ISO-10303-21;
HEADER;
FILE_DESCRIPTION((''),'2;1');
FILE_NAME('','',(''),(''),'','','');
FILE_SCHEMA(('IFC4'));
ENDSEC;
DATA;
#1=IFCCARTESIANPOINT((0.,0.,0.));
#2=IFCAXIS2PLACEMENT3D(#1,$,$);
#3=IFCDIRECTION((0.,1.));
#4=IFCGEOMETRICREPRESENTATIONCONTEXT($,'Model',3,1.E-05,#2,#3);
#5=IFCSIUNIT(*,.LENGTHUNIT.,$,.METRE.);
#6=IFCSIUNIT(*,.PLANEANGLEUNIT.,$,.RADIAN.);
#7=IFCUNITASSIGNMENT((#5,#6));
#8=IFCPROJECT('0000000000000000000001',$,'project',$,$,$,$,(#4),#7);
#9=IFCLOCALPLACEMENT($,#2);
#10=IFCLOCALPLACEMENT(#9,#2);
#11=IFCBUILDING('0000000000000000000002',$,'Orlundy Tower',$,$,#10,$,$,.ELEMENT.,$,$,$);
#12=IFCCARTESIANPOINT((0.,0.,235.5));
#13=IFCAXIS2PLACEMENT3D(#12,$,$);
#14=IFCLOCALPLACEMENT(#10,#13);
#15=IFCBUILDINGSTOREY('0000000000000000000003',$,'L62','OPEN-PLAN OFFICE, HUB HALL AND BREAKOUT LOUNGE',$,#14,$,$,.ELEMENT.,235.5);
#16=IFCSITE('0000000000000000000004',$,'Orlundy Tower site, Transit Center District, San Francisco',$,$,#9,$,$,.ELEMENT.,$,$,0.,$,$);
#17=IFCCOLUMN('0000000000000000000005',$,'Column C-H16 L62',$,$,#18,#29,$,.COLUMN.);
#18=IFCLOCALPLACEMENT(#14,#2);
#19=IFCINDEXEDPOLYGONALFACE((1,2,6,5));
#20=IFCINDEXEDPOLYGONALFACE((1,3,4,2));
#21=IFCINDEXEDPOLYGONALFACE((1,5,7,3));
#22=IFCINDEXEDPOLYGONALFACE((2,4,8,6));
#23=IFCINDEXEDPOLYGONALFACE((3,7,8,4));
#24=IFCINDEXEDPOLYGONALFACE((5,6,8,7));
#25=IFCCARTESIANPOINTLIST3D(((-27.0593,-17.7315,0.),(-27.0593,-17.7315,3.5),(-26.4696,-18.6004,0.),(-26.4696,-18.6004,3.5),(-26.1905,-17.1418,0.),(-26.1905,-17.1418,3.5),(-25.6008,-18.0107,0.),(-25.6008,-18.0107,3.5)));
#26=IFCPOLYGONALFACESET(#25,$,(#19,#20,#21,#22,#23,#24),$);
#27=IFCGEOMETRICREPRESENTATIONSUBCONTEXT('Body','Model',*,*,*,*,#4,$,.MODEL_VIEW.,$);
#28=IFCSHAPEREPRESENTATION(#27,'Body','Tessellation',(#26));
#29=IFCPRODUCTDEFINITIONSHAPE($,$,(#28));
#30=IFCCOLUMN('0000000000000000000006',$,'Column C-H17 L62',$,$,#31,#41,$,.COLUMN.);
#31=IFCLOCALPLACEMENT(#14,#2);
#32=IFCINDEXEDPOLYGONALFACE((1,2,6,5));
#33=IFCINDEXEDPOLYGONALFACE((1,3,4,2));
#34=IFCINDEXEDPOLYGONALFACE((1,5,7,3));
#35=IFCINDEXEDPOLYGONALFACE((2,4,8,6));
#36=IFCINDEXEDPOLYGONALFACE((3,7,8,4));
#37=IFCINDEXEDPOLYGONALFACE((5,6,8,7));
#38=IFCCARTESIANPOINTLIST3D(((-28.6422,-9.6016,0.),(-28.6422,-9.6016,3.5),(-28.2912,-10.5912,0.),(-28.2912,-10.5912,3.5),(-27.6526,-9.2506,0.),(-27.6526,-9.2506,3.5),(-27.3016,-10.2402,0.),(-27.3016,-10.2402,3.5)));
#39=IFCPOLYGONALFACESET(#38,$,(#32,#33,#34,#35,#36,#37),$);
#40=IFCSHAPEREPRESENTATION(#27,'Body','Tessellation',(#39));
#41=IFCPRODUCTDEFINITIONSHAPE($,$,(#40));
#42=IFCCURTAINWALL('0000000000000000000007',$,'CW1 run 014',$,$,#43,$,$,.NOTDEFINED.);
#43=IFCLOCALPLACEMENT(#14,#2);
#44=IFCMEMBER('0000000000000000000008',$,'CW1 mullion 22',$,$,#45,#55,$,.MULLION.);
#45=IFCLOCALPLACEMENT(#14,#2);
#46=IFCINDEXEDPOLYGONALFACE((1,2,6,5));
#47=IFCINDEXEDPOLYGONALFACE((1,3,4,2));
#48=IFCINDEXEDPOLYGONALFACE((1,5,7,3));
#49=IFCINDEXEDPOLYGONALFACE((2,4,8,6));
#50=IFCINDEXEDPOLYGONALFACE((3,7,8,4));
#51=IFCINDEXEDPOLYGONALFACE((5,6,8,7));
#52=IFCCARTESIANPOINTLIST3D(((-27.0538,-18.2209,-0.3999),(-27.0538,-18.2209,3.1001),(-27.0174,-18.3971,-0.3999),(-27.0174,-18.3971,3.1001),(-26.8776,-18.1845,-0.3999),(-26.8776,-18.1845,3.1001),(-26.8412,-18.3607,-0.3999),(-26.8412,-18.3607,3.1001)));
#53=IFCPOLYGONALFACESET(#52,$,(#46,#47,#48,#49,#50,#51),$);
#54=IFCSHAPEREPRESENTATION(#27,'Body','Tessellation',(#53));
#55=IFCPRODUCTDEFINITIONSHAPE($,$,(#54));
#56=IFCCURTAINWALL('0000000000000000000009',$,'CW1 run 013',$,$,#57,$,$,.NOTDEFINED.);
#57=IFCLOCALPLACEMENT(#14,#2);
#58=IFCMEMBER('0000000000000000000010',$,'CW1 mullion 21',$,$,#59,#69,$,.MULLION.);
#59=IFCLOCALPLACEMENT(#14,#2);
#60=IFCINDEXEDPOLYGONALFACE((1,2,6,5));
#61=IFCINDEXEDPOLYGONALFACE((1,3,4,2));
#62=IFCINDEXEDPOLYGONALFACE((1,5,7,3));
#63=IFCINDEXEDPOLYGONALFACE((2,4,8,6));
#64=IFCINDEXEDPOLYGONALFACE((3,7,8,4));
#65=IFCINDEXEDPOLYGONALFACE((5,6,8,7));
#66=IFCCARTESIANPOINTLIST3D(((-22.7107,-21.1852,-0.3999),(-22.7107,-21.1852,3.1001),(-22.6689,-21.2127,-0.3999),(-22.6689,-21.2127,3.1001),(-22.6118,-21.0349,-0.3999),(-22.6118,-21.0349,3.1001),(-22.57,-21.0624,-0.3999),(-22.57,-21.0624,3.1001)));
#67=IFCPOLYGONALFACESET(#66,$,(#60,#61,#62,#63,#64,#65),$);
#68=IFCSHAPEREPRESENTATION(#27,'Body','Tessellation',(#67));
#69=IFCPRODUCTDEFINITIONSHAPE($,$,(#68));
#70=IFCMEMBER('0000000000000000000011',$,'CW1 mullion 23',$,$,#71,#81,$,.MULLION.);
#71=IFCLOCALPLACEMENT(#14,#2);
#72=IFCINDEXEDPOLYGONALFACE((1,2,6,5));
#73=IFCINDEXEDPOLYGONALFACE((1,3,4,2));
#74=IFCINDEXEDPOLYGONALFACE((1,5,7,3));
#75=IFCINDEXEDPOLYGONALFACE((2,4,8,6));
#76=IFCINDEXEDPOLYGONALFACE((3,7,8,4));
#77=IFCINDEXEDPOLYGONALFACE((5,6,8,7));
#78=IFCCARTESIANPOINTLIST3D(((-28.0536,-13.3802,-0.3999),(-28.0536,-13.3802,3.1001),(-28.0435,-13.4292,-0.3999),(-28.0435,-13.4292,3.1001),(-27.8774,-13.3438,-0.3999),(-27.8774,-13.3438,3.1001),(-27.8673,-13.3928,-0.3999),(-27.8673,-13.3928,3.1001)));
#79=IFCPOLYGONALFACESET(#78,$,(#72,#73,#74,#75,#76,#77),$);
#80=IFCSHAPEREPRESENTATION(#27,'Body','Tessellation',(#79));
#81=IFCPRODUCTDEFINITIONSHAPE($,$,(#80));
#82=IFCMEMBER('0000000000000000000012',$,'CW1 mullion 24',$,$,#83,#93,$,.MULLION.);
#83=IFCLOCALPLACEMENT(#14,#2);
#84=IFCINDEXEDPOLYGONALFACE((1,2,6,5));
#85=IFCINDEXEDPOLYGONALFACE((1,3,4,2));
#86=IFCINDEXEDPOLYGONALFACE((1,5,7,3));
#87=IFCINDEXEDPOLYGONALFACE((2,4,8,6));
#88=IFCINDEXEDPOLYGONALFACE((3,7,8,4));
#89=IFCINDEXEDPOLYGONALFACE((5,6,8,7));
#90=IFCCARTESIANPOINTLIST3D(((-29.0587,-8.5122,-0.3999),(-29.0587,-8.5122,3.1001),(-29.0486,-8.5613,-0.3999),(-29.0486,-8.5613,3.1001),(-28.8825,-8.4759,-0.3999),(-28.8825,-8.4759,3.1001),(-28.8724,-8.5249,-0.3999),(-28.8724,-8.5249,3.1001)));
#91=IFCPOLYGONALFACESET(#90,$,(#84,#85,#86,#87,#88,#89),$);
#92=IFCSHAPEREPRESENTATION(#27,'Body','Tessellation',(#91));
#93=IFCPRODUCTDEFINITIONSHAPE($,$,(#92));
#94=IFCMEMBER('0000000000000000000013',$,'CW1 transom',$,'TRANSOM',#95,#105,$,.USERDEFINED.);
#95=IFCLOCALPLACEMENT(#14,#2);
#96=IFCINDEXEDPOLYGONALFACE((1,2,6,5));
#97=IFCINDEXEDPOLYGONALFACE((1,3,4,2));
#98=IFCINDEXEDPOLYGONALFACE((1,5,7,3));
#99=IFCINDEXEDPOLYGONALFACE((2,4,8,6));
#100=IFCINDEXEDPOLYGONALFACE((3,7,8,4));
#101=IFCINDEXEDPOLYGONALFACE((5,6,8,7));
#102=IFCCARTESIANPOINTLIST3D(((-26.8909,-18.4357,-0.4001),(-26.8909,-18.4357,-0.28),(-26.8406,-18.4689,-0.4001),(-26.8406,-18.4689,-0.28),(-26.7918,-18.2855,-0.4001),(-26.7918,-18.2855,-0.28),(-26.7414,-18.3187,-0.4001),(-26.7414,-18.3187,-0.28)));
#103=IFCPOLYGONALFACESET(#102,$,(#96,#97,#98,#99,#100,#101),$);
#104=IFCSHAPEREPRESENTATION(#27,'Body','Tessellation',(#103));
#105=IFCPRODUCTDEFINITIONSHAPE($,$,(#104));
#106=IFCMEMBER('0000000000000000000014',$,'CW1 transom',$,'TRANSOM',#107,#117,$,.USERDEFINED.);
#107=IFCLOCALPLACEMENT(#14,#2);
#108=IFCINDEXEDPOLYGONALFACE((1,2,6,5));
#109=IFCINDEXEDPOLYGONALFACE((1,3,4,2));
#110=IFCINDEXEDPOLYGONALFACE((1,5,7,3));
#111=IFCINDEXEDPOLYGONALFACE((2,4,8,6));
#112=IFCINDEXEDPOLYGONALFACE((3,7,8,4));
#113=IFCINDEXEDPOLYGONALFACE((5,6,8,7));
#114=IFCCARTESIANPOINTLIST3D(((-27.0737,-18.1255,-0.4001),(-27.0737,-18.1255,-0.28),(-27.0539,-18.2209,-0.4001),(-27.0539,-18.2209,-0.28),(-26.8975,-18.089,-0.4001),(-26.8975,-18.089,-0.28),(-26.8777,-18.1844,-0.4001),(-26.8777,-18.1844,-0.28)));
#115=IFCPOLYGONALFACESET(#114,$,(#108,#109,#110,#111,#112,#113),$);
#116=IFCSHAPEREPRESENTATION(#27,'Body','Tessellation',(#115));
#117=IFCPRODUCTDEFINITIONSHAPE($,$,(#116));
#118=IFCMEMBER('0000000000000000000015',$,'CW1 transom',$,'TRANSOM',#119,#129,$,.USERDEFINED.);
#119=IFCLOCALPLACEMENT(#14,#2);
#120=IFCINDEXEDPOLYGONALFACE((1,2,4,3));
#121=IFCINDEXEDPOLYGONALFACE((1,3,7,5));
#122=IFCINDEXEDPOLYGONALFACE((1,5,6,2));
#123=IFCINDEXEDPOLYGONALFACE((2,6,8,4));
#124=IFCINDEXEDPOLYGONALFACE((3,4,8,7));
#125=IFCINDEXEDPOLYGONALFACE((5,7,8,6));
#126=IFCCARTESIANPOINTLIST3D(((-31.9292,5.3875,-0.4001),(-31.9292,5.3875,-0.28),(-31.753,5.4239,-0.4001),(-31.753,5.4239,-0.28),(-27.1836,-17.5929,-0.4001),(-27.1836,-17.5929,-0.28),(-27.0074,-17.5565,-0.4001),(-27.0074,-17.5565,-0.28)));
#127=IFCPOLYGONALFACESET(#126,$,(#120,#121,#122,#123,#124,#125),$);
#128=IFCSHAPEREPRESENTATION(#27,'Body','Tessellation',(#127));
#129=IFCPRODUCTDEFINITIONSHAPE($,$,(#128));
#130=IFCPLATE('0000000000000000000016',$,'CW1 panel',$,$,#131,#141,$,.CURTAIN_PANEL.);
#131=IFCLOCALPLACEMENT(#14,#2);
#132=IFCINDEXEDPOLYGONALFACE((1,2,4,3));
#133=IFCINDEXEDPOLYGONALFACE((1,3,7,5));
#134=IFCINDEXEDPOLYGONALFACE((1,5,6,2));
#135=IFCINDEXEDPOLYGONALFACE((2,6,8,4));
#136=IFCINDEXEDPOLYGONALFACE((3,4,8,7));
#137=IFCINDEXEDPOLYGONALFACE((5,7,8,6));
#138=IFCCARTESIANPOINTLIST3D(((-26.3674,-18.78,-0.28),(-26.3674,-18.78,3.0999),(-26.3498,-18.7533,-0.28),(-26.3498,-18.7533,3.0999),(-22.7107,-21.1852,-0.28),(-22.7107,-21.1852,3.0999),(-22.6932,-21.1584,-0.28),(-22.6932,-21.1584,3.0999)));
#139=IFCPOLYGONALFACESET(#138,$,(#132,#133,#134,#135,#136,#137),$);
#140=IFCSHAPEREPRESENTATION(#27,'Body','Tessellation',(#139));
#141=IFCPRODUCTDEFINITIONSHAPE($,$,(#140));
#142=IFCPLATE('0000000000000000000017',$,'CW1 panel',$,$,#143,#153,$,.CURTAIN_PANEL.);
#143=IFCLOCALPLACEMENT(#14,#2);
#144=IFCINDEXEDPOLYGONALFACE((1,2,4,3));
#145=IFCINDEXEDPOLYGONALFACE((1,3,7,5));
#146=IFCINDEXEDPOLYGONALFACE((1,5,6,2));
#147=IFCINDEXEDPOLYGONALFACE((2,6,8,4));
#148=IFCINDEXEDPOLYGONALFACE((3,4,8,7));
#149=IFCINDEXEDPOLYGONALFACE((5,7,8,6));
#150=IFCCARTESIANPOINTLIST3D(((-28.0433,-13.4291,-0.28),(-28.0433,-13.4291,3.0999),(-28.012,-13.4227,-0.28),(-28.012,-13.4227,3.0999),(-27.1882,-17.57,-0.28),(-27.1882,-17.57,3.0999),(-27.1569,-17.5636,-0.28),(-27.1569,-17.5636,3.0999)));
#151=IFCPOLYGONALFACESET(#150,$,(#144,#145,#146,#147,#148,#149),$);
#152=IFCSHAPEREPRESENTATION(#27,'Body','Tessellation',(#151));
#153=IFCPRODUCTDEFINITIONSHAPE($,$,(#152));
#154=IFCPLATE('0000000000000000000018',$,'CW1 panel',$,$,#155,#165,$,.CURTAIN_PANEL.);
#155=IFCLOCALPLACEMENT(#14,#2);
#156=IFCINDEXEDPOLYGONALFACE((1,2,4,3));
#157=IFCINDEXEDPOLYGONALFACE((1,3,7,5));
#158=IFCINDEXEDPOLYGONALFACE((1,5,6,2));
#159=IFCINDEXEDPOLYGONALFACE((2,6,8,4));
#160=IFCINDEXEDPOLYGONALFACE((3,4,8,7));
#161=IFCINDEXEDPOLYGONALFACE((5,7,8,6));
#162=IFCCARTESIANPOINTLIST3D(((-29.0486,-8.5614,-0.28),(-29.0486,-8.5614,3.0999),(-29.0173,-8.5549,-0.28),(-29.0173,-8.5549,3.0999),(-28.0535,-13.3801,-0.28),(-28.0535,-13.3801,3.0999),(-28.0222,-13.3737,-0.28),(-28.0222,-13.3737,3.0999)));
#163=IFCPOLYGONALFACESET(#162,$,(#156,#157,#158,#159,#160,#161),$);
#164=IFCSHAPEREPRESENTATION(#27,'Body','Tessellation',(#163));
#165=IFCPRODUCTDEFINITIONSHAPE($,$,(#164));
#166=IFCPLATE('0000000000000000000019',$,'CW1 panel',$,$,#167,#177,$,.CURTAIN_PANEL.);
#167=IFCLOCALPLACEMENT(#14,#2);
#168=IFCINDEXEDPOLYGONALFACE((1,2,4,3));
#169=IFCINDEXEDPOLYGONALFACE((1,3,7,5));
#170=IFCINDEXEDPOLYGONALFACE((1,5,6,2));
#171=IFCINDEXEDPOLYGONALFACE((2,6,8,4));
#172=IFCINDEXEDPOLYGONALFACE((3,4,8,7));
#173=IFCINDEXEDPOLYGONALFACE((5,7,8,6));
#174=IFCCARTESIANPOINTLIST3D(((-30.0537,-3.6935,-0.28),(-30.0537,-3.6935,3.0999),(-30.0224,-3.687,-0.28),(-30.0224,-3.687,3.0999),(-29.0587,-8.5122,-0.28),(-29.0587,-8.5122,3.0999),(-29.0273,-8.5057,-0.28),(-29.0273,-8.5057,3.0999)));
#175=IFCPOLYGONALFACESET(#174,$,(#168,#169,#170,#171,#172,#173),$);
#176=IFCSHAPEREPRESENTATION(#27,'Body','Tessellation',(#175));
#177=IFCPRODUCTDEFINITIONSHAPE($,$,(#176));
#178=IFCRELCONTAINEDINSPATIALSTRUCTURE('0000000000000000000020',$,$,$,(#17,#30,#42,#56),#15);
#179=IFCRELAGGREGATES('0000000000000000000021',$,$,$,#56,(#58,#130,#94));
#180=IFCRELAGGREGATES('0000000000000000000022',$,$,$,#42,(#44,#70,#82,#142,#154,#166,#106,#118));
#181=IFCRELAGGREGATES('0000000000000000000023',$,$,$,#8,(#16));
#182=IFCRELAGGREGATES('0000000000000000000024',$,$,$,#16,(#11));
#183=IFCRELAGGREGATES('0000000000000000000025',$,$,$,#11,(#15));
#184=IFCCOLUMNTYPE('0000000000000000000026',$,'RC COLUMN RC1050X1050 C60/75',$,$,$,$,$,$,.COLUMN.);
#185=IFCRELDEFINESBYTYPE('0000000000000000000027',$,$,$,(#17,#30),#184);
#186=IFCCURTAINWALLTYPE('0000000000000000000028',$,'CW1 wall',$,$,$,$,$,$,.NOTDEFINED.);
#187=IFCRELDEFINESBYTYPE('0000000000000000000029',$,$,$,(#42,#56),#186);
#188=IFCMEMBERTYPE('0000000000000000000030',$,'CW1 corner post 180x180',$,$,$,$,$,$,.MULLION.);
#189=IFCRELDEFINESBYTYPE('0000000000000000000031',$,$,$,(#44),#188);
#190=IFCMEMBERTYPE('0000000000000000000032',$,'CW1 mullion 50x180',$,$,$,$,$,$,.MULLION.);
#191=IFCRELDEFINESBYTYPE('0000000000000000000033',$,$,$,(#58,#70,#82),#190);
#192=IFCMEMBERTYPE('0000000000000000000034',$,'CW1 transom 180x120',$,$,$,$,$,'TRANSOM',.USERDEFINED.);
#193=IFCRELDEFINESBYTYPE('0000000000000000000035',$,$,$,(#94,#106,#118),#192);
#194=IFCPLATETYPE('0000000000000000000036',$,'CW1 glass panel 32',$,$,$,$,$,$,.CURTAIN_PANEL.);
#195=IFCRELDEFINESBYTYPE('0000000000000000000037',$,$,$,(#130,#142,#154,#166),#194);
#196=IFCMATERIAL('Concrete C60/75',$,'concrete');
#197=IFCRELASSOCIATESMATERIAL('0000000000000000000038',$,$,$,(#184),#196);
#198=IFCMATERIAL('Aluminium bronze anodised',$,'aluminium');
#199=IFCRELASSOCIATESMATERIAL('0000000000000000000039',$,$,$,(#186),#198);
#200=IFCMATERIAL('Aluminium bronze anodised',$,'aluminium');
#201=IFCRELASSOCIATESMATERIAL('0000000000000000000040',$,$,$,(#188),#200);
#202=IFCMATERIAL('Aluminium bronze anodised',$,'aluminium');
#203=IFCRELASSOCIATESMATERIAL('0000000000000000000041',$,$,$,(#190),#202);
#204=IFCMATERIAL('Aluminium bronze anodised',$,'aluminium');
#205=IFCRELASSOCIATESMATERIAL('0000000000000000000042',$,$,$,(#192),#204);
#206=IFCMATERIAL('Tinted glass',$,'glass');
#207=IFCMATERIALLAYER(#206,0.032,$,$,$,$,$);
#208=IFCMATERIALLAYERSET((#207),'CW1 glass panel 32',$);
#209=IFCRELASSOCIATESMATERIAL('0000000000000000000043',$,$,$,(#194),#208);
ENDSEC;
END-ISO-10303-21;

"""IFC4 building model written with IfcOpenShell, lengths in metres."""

from ifc_helpers import new_model, si_unit, direction, frame, origin, origin_2d, place, context, subcontext, project, spatial, rectangle, extrude, material, layer, layer_set, material_profile, profile_set, type_object, element, aggregate, save


model = new_model("IFC4")

# Units and contexts
model_context = context("Model", 3, precision=1e-05, world=origin(), true_north=direction((0.0, 1.0)))
body_context = subcontext(model_context, "Body", "Model", "MODEL_VIEW")
ifc_project = project(units=[si_unit("LENGTHUNIT", "METRE"), si_unit("PLANEANGLEUNIT", "RADIAN")], contexts=[model_context])

# Site, building, storey
site_placement = place(None, origin())
site = spatial("IfcSite", under=ifc_project, at=site_placement, Name="Orlundy Tower site, Transit Center District, San Francisco", CompositionType="ELEMENT", RefElevation=0.0)
building_placement = place(site_placement, origin())
building = spatial("IfcBuilding", under=site, at=building_placement, Name="Orlundy Tower", CompositionType="ELEMENT")
storey_placement = place(building_placement, frame((0.0, 0.0, 235.5)))
storey = spatial("IfcBuildingStorey", under=building, at=storey_placement, Name="L62", Description="OPEN-PLAN OFFICE, HUB HALL AND BREAKOUT LOUNGE", CompositionType="ELEMENT", Elevation=235.5)

# Columns
ifc_material_1 = material(Name="Concrete C60/75", Category="concrete")
ifc_material_profile_1 = material_profile(ifc_material_1, rectangle(XDim=1.05, YDim=1.05, at=origin_2d()), Name="RC1050X1050")
ifc_profile_set_1 = profile_set([ifc_material_profile_1], Name="Concrete C60/75")
column_type = type_object("IfcColumnType", Name="RC COLUMN RC1050X1050 C60/75", PredefinedType="COLUMN", material=ifc_profile_set_1)
for number, where, z_axis, x_axis, name in (
    (1, (-26.3301, -17.8711, 0.0), (0.0, 0.0, 1.0), (-0.827414, -0.561592, 0.0), "Column C-H16 L62"),
    (2, (-27.9719, -9.9209, 0.0), (0.0, 0.0, 1.0), (-0.942478, -0.334267, 0.0), "Column C-H17 L62"),
):
    element("IfcColumn", number, at=place(storey_placement, frame(where, z_axis=z_axis, x_axis=x_axis)), inside=storey, type_object=column_type, Name=name, PredefinedType="COLUMN", context=body_context, shape_type="SweptSolid", body=[
        extrude(rectangle(XDim=1.05, YDim=1.05, at=origin_2d()), origin(), (0.0, 0.0, 1.0), 3.5),
    ])

# Curtain walls, members
ifc_material_2 = material(Name="Aluminium bronze anodised", Category="aluminium")
curtain_wall_type = type_object("IfcCurtainWallType", Name="CW1 wall", PredefinedType="NOTDEFINED", material=ifc_material_2)
curtain_wall_1_placement = place(storey_placement, origin())
curtain_wall_1 = element("IfcCurtainWall", 3, at=curtain_wall_1_placement, inside=storey, type_object=curtain_wall_type, Name="CW1 run 014", PredefinedType="NOTDEFINED")
ifc_material_3 = material(Name="Aluminium bronze anodised", Category="aluminium")
ifc_material_profile_2 = material_profile(ifc_material_3, rectangle(XDim=0.1799, YDim=0.1799, at=origin_2d()), Name="CW1 corner post 180x180")
ifc_profile_set_2 = profile_set([ifc_material_profile_2], Name="Aluminium bronze anodised")
member_type_1 = type_object("IfcMemberType", Name="CW1 corner post 180x180", PredefinedType="MULLION", material=ifc_profile_set_2)
member_1_placement = place(storey_placement, frame((-26.9475, -18.2908, -0.3999), z_axis=(0.0, 0.0, 1.0), x_axis=(-0.979337, -0.202233, 0.0)))
member_1 = element("IfcMember", 4, at=member_1_placement, type_object=member_type_1, Name="CW1 mullion 22", PredefinedType="MULLION", context=body_context, shape_type="SweptSolid", body=[
    extrude(rectangle(XDim=0.1799, YDim=0.1799, at=origin_2d()), origin(), (0.0, 0.0, 1.0), 3.5),
])
curtain_wall_2_placement = place(storey_placement, origin())
curtain_wall_2 = element("IfcCurtainWall", 5, at=curtain_wall_2_placement, inside=storey, type_object=curtain_wall_type, Name="CW1 run 013", PredefinedType="NOTDEFINED")
ifc_material_4 = material(Name="Aluminium bronze anodised", Category="aluminium")
ifc_material_profile_3 = material_profile(ifc_material_4, rectangle(XDim=0.1799, YDim=0.05, at=origin_2d()), Name="CW1 mullion 50x180")
ifc_profile_set_3 = profile_set([ifc_material_profile_3], Name="Aluminium bronze anodised")
member_type_2 = type_object("IfcMemberType", Name="CW1 mullion 50x180", PredefinedType="MULLION", material=ifc_profile_set_3)
member_2_placement = place(storey_placement, frame((-22.6404, -21.1238, -0.3999), z_axis=(0.0, 0.0, 1.0), x_axis=(-0.549527, -0.835476, 0.0)))
member_2 = element("IfcMember", 6, at=member_2_placement, type_object=member_type_2, Name="CW1 mullion 21", PredefinedType="MULLION", context=body_context, shape_type="SweptSolid", body=[
    extrude(rectangle(XDim=0.1799, YDim=0.05, at=origin_2d()), origin(), (0.0, 0.0, 1.0), 3.5),
])

# Members
member_3_placement = place(storey_placement, frame((-27.9604, -13.3865, -0.3999), z_axis=(0.0, 0.0, 1.0), x_axis=(-0.979337, -0.202233, 0.0)))
member_3 = element("IfcMember", 7, at=member_3_placement, type_object=member_type_2, Name="CW1 mullion 23", PredefinedType="MULLION", context=body_context, shape_type="SweptSolid", body=[
    extrude(rectangle(XDim=0.1799, YDim=0.05, at=origin_2d()), origin(), (0.0, 0.0, 1.0), 3.5),
])
member_4_placement = place(storey_placement, frame((-28.9656, -8.5186, -0.3999), z_axis=(0.0, 0.0, 1.0), x_axis=(-0.979337, -0.202233, 0.0)))
member_4 = element("IfcMember", 8, at=member_4_placement, type_object=member_type_2, Name="CW1 mullion 24", PredefinedType="MULLION", context=body_context, shape_type="SweptSolid", body=[
    extrude(rectangle(XDim=0.1799, YDim=0.05, at=origin_2d()), origin(), (0.0, 0.0, 1.0), 3.5),
])
ifc_material_5 = material(Name="Aluminium bronze anodised", Category="aluminium")
ifc_material_profile_4 = material_profile(ifc_material_5, rectangle(XDim=0.1799, YDim=0.1201, at=origin_2d()), Name="CW1 transom 180x120")
ifc_profile_set_4 = profile_set([ifc_material_profile_4], Name="Aluminium bronze anodised")
member_type_3 = type_object("IfcMemberType", Name="CW1 transom 180x120", ElementType="TRANSOM", PredefinedType="USERDEFINED", material=ifc_profile_set_4)
member_5_placement = place(storey_placement, frame((-26.791, -18.3938, -0.3401), z_axis=(-0.834535, 0.550955, 0.0), x_axis=(-0.550955, -0.834535, 0.0)))
member_5 = element("IfcMember", 9, at=member_5_placement, type_object=member_type_3, Name="CW1 transom", ObjectType="TRANSOM", PredefinedType="USERDEFINED", context=body_context, shape_type="SweptSolid", body=[
    extrude(rectangle(XDim=0.1799, YDim=0.1201, at=origin_2d()), origin(), (0.0, 0.0, 1.0), 0.0603),
])
member_6_placement = place(storey_placement, frame((-26.9658, -18.2026, -0.3401), z_axis=(-0.202854, 0.979209, 0.0), x_axis=(-0.979209, -0.202854, 0.0)))
member_6 = element("IfcMember", 10, at=member_6_placement, type_object=member_type_3, Name="CW1 transom", ObjectType="TRANSOM", PredefinedType="USERDEFINED", context=body_context, shape_type="SweptSolid", body=[
    extrude(rectangle(XDim=0.1799, YDim=0.1201, at=origin_2d()), origin(), (0.0, 0.0, 1.0), 0.0974),
])
member_7_placement = place(storey_placement, frame((-27.0955, -17.5747, -0.3401), z_axis=(-0.202239, 0.979336, 0.0), x_axis=(-0.979336, -0.202239, 0.0)))
member_7 = element("IfcMember", 11, at=member_7_placement, type_object=member_type_3, Name="CW1 transom", ObjectType="TRANSOM", PredefinedType="USERDEFINED", context=body_context, shape_type="SweptSolid", body=[
    extrude(rectangle(XDim=0.1799, YDim=0.1201, at=origin_2d()), origin(), (0.0, 0.0, 1.0), 23.4653),
])

# Plates
ifc_material_6 = material(Name="Tinted glass", Category="glass")
ifc_layer_1 = layer(ifc_material_6, 0.032)
ifc_layer_set_1 = layer_set([ifc_layer_1], Name="CW1 glass panel 32")
plate_type = type_object("IfcPlateType", Name="CW1 glass panel 32", PredefinedType="CURTAIN_PANEL", material=ifc_layer_set_1)
plate_1_placement = place(storey_placement, frame((-24.5303, -19.9692, -0.28), z_axis=(0.0, 0.0, 1.0), x_axis=(-0.835476, 0.549527, 0.0)))
plate_1 = element("IfcPlate", 12, at=plate_1_placement, type_object=plate_type, Name="CW1 panel", PredefinedType="CURTAIN_PANEL", context=body_context, shape_type="SweptSolid", body=[
    extrude(rectangle(XDim=4.3767, YDim=0.032, at=origin_2d()), origin(), (0.0, 0.0, 1.0), 3.3799),
])
aggregate(curtain_wall_2, [member_2, plate_1, member_5])
plate_2_placement = place(storey_placement, frame((-27.6001, -15.4963, -0.28), z_axis=(0.0, 0.0, 1.0), x_axis=(-0.202233, 0.979337, 0.0)))
plate_2 = element("IfcPlate", 13, at=plate_2_placement, type_object=plate_type, Name="CW1 panel", PredefinedType="CURTAIN_PANEL", context=body_context, shape_type="SweptSolid", body=[
    extrude(rectangle(XDim=4.2283, YDim=0.032, at=origin_2d()), origin(), (0.0, 0.0, 1.0), 3.3799),
])
plate_3_placement = place(storey_placement, frame((-28.5354, -10.9675, -0.28), z_axis=(0.0, 0.0, 1.0), x_axis=(-0.202233, 0.979337, 0.0)))
plate_3 = element("IfcPlate", 14, at=plate_3_placement, type_object=plate_type, Name="CW1 panel", PredefinedType="CURTAIN_PANEL", context=body_context, shape_type="SweptSolid", body=[
    extrude(rectangle(XDim=4.9204, YDim=0.032, at=origin_2d()), origin(), (0.0, 0.0, 1.0), 3.3799),
])
plate_4_placement = place(storey_placement, frame((-29.5405, -6.0996, -0.28), z_axis=(0.0, 0.0, 1.0), x_axis=(-0.202233, 0.979337, 0.0)))
plate_4 = element("IfcPlate", 15, at=plate_4_placement, type_object=plate_type, Name="CW1 panel", PredefinedType="CURTAIN_PANEL", context=body_context, shape_type="SweptSolid", body=[
    extrude(rectangle(XDim=4.9204, YDim=0.032, at=origin_2d()), origin(), (0.0, 0.0, 1.0), 3.3799),
])
aggregate(curtain_wall_1, [member_1, member_3, member_4, plate_2, plate_3, plate_4, member_6, member_7])

save(model, "model.ifc")
